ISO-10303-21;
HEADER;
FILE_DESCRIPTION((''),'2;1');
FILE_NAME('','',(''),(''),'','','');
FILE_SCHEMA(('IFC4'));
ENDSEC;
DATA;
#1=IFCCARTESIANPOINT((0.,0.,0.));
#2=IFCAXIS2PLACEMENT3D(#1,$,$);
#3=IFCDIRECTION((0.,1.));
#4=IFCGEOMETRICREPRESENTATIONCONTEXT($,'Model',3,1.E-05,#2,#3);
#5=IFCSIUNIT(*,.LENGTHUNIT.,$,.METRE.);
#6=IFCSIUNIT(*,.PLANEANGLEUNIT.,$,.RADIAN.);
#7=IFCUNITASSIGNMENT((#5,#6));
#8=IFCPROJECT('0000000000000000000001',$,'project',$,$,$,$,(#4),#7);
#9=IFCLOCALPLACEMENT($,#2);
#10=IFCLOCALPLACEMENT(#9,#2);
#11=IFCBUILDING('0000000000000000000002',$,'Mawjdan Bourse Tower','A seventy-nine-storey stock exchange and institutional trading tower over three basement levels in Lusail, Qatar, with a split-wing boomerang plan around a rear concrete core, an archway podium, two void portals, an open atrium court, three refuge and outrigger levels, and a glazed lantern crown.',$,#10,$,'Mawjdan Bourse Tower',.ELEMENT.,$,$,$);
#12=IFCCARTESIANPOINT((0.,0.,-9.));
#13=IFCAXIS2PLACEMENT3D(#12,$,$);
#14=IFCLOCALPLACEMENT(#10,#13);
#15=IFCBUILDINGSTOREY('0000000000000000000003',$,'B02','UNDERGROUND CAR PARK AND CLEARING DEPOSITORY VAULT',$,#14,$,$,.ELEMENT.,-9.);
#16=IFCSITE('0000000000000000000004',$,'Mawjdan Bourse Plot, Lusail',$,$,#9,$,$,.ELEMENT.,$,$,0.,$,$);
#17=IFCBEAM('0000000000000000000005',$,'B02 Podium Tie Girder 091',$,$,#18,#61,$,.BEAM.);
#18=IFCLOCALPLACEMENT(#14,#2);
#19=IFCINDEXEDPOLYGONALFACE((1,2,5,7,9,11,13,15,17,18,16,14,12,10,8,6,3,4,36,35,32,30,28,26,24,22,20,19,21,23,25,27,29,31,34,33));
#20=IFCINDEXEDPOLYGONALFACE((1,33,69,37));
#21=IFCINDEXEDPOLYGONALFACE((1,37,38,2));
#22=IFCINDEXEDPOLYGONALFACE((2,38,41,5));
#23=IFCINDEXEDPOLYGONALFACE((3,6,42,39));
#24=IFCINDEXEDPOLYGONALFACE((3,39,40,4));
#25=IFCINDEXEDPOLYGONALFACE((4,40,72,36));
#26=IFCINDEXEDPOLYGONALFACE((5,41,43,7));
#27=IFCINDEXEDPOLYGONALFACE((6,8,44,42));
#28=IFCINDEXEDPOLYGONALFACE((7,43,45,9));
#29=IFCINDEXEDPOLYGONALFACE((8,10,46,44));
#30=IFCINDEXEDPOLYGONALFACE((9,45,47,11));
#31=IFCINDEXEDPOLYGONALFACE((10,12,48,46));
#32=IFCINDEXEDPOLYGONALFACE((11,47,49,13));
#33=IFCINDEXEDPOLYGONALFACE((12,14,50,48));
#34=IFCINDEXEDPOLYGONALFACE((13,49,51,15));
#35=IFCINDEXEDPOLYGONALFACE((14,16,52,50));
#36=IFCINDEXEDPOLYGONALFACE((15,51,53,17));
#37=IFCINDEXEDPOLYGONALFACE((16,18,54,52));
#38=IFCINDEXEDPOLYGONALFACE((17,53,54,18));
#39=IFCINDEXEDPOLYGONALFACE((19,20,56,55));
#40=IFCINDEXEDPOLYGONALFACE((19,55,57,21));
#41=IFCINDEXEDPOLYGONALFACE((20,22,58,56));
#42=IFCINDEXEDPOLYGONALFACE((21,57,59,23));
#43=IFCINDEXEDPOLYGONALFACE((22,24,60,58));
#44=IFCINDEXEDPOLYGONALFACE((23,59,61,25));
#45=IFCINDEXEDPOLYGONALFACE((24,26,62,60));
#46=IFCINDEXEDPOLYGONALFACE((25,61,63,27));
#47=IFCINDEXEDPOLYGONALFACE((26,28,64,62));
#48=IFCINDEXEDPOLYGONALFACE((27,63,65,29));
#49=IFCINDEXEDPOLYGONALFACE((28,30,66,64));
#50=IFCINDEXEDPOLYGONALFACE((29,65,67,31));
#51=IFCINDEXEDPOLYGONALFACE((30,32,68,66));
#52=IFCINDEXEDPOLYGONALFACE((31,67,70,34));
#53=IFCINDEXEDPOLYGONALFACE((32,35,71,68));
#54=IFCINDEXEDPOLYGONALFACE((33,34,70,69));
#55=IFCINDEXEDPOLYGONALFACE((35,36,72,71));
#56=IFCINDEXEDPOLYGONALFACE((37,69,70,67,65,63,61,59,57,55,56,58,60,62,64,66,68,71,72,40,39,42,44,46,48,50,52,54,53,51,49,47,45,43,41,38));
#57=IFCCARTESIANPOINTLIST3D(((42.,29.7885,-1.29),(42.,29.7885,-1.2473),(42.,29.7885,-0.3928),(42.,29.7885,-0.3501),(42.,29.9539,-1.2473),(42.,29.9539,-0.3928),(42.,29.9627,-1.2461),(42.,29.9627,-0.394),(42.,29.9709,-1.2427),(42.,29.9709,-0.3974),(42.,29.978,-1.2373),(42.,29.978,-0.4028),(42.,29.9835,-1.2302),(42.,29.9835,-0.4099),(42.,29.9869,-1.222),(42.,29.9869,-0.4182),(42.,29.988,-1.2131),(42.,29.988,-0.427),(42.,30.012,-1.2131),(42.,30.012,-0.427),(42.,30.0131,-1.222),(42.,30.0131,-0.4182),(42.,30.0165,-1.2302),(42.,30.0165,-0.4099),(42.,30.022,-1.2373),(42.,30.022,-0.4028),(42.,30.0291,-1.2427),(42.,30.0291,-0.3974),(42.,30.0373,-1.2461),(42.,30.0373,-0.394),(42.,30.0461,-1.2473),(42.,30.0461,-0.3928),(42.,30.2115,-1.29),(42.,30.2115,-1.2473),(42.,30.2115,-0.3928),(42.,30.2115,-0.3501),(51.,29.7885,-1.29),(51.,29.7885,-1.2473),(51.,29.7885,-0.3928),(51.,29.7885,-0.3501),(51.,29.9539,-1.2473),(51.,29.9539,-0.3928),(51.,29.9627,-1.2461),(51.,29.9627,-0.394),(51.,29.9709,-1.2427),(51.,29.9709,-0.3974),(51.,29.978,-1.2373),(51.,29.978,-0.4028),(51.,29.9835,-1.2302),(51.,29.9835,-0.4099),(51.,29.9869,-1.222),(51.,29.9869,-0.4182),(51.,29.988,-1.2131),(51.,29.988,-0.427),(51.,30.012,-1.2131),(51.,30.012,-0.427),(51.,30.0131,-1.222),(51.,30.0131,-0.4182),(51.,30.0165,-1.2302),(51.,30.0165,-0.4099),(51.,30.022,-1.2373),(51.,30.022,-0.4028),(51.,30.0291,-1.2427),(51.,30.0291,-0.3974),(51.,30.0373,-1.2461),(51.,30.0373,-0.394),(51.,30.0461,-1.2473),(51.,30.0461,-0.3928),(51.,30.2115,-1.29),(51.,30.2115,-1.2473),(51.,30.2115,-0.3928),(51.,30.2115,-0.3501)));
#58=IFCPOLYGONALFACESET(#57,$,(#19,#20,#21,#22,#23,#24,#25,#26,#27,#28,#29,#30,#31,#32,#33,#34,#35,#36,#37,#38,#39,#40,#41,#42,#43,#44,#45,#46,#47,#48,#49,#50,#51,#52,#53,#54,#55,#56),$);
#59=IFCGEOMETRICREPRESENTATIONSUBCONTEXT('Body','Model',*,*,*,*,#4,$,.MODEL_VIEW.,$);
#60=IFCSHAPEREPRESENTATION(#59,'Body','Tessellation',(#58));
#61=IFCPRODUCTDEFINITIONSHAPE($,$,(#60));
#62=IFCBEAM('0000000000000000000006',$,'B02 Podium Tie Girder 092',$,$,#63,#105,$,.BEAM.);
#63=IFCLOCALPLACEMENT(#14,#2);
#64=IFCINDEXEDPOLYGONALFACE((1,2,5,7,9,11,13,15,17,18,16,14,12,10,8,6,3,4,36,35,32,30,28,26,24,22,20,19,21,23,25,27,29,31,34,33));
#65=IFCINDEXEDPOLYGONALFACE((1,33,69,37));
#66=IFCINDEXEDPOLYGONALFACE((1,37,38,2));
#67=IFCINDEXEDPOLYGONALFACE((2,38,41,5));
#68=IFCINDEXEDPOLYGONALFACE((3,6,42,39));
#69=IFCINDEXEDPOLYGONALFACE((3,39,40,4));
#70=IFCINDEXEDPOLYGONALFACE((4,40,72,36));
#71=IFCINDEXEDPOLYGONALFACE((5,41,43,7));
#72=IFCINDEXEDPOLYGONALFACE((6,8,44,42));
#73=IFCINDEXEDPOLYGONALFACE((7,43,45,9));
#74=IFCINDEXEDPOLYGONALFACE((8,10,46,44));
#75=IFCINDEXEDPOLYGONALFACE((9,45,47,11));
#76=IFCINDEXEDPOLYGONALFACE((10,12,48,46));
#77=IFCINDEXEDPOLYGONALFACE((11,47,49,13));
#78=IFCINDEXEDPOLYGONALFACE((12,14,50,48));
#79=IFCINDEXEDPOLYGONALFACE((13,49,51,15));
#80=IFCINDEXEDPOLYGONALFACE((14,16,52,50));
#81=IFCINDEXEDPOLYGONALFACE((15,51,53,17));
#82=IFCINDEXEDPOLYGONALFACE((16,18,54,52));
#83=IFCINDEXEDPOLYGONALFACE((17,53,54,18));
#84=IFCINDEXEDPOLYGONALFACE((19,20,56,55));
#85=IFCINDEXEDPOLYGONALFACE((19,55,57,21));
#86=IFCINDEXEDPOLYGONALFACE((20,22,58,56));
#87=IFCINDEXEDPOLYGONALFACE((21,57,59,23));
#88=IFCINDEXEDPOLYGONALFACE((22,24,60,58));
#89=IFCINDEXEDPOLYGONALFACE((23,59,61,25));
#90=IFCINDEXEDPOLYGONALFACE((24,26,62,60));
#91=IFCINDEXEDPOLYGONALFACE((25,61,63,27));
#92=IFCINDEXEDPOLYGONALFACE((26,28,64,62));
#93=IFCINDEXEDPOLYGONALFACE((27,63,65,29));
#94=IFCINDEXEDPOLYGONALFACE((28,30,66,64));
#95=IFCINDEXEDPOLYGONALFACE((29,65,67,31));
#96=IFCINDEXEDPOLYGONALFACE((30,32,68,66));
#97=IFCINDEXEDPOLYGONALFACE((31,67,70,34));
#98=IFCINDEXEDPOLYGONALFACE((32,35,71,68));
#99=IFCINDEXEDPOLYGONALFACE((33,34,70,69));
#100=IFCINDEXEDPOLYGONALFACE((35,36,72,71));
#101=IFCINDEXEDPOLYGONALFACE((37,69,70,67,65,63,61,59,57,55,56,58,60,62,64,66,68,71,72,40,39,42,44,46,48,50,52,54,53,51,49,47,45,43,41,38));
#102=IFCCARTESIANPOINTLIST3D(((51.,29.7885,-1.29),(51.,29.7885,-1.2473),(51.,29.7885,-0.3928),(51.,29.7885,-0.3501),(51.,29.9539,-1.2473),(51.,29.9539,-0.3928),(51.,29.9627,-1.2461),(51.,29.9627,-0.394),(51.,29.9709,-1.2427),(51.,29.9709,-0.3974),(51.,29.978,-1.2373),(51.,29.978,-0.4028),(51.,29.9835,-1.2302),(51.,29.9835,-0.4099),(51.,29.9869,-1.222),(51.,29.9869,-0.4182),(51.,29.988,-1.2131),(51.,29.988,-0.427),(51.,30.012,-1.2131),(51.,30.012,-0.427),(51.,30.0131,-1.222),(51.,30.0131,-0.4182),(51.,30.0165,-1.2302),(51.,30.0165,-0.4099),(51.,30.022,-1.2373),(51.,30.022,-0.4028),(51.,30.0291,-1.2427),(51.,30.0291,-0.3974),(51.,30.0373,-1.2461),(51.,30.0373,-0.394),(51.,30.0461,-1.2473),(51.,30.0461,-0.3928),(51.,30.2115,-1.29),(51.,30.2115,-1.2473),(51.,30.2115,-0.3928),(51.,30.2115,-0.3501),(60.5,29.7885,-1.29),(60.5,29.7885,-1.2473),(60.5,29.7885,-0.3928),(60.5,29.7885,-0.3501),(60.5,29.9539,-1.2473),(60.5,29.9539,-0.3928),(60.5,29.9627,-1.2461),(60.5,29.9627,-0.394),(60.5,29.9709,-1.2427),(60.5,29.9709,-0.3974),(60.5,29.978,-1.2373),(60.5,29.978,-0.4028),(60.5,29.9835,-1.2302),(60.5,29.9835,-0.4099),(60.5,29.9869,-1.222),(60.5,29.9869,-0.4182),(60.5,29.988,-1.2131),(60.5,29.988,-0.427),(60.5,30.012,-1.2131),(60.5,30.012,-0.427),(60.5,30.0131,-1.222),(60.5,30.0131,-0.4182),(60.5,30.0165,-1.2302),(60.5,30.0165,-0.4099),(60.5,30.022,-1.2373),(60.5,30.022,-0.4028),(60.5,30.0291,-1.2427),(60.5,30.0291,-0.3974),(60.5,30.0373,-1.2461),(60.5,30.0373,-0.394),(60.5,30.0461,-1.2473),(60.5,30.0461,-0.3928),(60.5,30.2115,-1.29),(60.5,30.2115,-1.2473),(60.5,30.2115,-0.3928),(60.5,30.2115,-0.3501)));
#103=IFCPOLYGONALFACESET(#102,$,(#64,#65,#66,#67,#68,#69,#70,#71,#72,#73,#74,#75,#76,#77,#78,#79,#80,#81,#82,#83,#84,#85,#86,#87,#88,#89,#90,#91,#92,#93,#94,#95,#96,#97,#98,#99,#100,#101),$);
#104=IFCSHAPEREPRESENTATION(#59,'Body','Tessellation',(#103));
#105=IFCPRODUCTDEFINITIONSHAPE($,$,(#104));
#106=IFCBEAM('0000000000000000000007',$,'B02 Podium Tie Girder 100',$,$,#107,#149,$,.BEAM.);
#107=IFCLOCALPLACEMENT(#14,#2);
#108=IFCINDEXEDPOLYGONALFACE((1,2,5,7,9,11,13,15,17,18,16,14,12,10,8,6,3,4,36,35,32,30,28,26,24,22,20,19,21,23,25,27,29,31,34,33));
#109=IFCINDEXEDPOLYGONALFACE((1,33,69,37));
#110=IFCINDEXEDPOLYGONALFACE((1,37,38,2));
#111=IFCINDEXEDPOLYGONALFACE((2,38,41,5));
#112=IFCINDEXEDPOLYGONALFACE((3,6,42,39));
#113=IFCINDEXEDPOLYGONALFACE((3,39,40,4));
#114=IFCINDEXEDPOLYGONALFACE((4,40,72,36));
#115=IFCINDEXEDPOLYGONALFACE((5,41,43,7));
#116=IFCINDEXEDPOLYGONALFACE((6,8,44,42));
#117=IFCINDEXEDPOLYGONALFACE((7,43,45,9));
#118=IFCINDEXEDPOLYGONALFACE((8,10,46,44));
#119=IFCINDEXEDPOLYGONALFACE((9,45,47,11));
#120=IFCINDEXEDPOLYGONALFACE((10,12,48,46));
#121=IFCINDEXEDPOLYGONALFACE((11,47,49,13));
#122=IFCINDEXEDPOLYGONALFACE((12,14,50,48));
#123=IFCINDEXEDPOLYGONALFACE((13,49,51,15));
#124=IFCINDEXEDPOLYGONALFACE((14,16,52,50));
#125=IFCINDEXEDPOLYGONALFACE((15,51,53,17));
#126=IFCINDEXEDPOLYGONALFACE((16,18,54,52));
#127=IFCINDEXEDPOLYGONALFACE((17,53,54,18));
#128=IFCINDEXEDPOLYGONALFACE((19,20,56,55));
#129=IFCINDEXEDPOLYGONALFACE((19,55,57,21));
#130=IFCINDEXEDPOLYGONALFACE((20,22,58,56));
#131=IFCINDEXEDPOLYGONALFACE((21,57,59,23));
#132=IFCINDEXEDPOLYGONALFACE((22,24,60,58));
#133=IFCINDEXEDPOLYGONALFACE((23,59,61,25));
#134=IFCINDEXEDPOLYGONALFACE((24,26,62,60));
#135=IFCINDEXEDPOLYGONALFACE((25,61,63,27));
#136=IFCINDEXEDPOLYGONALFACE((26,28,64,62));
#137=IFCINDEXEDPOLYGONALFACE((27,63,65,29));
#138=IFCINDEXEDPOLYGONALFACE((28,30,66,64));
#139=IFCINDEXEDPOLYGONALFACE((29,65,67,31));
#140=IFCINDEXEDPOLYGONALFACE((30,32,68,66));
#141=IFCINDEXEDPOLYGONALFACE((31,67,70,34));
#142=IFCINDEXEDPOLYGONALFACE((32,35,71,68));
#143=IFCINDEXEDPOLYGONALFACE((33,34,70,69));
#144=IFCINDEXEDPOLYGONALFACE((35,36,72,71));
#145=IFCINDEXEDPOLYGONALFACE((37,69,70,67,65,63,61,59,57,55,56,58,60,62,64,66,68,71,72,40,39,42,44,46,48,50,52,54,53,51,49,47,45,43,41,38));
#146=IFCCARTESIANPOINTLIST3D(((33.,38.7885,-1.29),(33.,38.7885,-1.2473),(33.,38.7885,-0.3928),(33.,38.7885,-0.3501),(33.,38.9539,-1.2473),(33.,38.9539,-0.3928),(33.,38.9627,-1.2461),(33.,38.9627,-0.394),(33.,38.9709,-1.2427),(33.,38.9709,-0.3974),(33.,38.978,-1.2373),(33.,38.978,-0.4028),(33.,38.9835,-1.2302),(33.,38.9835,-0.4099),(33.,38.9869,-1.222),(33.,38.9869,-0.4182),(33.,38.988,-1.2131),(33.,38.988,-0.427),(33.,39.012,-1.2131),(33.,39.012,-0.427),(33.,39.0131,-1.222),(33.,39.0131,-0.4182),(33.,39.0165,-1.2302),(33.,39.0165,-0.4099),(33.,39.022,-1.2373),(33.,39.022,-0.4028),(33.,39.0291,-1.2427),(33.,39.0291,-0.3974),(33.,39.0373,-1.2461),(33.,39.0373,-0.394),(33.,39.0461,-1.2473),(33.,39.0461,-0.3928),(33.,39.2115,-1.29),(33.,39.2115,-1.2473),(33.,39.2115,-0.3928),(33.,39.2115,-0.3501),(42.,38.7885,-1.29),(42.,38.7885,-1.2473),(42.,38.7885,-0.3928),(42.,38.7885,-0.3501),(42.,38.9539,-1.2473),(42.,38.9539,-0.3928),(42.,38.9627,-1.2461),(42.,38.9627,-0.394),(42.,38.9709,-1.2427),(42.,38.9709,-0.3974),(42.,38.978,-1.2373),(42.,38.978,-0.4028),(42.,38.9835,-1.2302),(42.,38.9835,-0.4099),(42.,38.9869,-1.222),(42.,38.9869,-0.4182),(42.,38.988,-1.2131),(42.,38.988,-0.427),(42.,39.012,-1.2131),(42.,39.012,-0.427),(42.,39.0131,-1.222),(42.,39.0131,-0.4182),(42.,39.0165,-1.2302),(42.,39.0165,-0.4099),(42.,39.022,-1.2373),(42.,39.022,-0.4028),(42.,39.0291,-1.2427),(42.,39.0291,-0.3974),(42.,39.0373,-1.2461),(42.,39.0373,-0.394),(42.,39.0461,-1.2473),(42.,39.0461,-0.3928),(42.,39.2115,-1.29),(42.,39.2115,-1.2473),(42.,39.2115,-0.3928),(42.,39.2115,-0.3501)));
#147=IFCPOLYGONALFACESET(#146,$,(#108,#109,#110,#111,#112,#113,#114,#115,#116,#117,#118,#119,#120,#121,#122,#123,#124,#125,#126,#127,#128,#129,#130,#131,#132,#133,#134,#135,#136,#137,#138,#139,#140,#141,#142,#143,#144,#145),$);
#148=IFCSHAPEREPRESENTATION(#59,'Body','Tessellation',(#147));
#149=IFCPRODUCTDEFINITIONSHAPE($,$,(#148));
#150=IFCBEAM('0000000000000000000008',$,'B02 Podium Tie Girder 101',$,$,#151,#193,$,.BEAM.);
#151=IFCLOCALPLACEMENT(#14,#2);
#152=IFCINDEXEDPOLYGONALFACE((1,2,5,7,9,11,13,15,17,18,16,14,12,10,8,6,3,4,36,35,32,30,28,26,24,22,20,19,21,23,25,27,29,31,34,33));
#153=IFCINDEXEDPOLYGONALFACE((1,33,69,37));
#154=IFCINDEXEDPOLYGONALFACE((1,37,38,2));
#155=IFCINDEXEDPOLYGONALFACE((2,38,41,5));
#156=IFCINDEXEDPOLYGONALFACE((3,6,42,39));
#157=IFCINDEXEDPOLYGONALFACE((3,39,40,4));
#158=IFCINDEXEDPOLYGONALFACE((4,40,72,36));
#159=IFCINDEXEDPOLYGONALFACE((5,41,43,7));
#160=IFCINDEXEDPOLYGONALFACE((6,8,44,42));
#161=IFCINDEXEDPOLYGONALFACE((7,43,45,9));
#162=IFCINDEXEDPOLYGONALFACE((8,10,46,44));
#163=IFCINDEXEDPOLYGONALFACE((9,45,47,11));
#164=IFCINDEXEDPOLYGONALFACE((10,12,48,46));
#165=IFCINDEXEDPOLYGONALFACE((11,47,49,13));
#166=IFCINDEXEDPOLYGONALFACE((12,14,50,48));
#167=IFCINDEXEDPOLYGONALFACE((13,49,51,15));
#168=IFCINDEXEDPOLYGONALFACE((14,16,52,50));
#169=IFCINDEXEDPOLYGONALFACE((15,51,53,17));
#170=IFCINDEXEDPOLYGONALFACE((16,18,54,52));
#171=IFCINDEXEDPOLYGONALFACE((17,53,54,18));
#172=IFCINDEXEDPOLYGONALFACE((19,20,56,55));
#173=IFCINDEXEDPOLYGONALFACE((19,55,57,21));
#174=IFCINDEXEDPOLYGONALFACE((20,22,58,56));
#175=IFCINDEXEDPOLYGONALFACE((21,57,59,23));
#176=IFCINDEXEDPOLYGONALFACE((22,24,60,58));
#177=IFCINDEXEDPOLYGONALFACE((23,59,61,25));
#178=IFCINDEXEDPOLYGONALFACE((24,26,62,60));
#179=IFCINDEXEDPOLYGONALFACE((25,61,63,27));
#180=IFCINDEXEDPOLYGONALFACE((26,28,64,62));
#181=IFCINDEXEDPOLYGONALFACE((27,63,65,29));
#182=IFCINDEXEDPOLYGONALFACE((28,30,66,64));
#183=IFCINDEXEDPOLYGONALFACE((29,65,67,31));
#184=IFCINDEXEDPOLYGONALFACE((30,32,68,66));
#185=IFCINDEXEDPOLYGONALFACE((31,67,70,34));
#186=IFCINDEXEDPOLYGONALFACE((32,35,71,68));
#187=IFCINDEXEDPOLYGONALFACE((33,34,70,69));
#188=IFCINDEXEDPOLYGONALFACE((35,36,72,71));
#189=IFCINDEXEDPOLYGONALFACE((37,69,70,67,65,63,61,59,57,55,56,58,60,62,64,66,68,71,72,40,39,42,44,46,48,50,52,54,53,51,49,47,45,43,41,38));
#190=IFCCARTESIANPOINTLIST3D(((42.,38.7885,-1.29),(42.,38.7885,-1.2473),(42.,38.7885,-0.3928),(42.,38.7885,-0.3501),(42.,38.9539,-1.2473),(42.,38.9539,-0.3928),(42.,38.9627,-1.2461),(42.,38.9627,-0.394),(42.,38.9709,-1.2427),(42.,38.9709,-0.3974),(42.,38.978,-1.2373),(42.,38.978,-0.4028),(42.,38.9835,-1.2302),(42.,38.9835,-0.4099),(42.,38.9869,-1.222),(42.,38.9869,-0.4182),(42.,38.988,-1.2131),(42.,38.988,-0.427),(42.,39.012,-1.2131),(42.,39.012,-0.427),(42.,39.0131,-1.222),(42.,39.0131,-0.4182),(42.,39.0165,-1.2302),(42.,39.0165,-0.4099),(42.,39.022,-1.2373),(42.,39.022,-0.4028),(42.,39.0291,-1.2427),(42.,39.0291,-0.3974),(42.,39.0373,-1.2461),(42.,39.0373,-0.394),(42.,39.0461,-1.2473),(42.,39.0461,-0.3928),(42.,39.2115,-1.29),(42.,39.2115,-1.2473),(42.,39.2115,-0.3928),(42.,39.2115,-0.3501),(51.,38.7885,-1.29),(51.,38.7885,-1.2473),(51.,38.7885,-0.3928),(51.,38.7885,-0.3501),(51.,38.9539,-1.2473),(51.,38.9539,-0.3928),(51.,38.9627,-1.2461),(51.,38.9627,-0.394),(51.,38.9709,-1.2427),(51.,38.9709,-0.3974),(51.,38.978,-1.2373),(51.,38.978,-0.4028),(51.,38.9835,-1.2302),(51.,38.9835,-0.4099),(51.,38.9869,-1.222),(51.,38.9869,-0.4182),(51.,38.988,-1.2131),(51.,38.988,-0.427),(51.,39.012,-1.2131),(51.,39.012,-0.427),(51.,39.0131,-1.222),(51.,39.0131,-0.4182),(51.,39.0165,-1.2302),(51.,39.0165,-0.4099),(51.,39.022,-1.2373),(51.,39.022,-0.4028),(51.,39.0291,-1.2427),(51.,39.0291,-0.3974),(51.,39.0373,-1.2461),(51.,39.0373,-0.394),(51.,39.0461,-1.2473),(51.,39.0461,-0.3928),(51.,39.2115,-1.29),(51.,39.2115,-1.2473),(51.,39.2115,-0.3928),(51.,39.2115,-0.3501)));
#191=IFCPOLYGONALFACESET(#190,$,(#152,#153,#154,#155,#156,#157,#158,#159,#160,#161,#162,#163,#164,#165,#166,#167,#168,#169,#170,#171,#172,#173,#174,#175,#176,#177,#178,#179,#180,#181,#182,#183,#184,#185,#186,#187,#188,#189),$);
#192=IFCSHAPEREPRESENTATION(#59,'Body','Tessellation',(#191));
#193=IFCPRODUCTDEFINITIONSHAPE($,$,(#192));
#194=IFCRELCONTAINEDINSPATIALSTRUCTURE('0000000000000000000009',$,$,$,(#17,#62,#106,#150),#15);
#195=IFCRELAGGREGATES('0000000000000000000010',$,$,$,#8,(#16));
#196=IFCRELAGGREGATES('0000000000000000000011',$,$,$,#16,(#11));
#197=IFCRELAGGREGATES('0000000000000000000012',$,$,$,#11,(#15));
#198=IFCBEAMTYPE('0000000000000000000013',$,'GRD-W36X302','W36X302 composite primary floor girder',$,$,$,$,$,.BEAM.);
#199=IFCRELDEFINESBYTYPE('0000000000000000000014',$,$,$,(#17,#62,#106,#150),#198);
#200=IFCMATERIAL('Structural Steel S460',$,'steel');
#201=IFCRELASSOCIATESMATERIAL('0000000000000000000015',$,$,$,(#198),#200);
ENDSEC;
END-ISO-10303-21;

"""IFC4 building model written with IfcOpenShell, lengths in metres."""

from ifc_helpers import new_model, si_unit, direction, frame, origin, origin_2d, place, context, subcontext, project, spatial, i_section, extrude, material, material_profile, profile_set, type_object, element, save


model = new_model("IFC4")

# Units and contexts
model_context = context("Model", 3, precision=1e-05, world=origin(), true_north=direction((0.0, 1.0)))
body_context = subcontext(model_context, "Body", "Model", "MODEL_VIEW")
ifc_project = project(units=[si_unit("LENGTHUNIT", "METRE"), si_unit("PLANEANGLEUNIT", "RADIAN")], contexts=[model_context])

# Site, building, storey
site_placement = place(None, origin())
site = spatial("IfcSite", under=ifc_project, at=site_placement, Name="Mawjdan Bourse Plot, Lusail", CompositionType="ELEMENT", RefElevation=0.0)
building_placement = place(site_placement, origin())
building = spatial("IfcBuilding", under=site, at=building_placement, Name="Mawjdan Bourse Tower", Description="A seventy-nine-storey stock exchange and institutional trading tower over three basement levels in Lusail, Qatar, with a split-wing boomerang plan around a rear concrete core, an archway podium, two void portals, an open atrium court, three refuge and outrigger levels, and a glazed lantern crown.", LongName="Mawjdan Bourse Tower", CompositionType="ELEMENT")
storey_placement = place(building_placement, frame((0.0, 0.0, -9.0)))
storey = spatial("IfcBuildingStorey", under=building, at=storey_placement, Name="B02", Description="UNDERGROUND CAR PARK AND CLEARING DEPOSITORY VAULT", CompositionType="ELEMENT", Elevation=-9.0)

# Beams
ifc_material_1 = material(Name="Structural Steel S460", Category="steel")
ifc_material_profile_1 = material_profile(ifc_material_1, i_section(OverallWidth=0.4231, OverallDepth=0.9399, WebThickness=0.0239, FlangeThickness=0.0427, FilletRadius=0.0342, at=origin_2d()), Name="W36X302")
ifc_profile_set_1 = profile_set([ifc_material_profile_1], Name="Structural Steel S460")
beam_type_1 = type_object("IfcBeamType", Name="GRD-W36X302", Description="W36X302 composite primary floor girder", PredefinedType="BEAM", material=ifc_profile_set_1)
for number, where, z_axis, x_axis, name in (
    (1, (42.0, 30.0, -0.8201), (1.0, 0.0, 0.0), (0.0, 1.0, 0.0), "B02 Podium Tie Girder 091"),
):
    element("IfcBeam", number, at=place(storey_placement, frame(where, z_axis=z_axis, x_axis=x_axis)), inside=storey, type_object=beam_type_1, Name=name, PredefinedType="BEAM", context=body_context, shape_type="SweptSolid", body=[
        extrude(i_section(OverallWidth=0.4231, OverallDepth=0.9399, WebThickness=0.0239, FlangeThickness=0.0427, FilletRadius=0.0342, at=origin_2d()), origin(), (0.0, 0.0, 1.0), 9.0),
    ])
beam_1_placement = place(storey_placement, frame((51.0, 30.0, -0.8201), z_axis=(1.0, 0.0, 0.0), x_axis=(0.0, 1.0, 0.0)))
element("IfcBeam", 2, at=beam_1_placement, inside=storey, type_object=beam_type_1, Name="B02 Podium Tie Girder 092", PredefinedType="BEAM", context=body_context, shape_type="SweptSolid", body=[
    extrude(i_section(OverallWidth=0.4231, OverallDepth=0.9399, WebThickness=0.0239, FlangeThickness=0.0427, FilletRadius=0.0342, at=origin_2d()), origin(), (0.0, 0.0, 1.0), 9.5),
])
for number, where, z_axis, x_axis, name in (
    (3, (33.0, 39.0, -0.8201), (1.0, 0.0, 0.0), (0.0, 1.0, 0.0), "B02 Podium Tie Girder 100"),
    (4, (42.0, 39.0, -0.8201), (1.0, 0.0, 0.0), (0.0, 1.0, 0.0), "B02 Podium Tie Girder 101"),
):
    element("IfcBeam", number, at=place(storey_placement, frame(where, z_axis=z_axis, x_axis=x_axis)), inside=storey, type_object=beam_type_1, Name=name, PredefinedType="BEAM", context=body_context, shape_type="SweptSolid", body=[
        extrude(i_section(OverallWidth=0.4231, OverallDepth=0.9399, WebThickness=0.0239, FlangeThickness=0.0427, FilletRadius=0.0342, at=origin_2d()), origin(), (0.0, 0.0, 1.0), 9.0),
    ])

save(model, "model.ifc")
